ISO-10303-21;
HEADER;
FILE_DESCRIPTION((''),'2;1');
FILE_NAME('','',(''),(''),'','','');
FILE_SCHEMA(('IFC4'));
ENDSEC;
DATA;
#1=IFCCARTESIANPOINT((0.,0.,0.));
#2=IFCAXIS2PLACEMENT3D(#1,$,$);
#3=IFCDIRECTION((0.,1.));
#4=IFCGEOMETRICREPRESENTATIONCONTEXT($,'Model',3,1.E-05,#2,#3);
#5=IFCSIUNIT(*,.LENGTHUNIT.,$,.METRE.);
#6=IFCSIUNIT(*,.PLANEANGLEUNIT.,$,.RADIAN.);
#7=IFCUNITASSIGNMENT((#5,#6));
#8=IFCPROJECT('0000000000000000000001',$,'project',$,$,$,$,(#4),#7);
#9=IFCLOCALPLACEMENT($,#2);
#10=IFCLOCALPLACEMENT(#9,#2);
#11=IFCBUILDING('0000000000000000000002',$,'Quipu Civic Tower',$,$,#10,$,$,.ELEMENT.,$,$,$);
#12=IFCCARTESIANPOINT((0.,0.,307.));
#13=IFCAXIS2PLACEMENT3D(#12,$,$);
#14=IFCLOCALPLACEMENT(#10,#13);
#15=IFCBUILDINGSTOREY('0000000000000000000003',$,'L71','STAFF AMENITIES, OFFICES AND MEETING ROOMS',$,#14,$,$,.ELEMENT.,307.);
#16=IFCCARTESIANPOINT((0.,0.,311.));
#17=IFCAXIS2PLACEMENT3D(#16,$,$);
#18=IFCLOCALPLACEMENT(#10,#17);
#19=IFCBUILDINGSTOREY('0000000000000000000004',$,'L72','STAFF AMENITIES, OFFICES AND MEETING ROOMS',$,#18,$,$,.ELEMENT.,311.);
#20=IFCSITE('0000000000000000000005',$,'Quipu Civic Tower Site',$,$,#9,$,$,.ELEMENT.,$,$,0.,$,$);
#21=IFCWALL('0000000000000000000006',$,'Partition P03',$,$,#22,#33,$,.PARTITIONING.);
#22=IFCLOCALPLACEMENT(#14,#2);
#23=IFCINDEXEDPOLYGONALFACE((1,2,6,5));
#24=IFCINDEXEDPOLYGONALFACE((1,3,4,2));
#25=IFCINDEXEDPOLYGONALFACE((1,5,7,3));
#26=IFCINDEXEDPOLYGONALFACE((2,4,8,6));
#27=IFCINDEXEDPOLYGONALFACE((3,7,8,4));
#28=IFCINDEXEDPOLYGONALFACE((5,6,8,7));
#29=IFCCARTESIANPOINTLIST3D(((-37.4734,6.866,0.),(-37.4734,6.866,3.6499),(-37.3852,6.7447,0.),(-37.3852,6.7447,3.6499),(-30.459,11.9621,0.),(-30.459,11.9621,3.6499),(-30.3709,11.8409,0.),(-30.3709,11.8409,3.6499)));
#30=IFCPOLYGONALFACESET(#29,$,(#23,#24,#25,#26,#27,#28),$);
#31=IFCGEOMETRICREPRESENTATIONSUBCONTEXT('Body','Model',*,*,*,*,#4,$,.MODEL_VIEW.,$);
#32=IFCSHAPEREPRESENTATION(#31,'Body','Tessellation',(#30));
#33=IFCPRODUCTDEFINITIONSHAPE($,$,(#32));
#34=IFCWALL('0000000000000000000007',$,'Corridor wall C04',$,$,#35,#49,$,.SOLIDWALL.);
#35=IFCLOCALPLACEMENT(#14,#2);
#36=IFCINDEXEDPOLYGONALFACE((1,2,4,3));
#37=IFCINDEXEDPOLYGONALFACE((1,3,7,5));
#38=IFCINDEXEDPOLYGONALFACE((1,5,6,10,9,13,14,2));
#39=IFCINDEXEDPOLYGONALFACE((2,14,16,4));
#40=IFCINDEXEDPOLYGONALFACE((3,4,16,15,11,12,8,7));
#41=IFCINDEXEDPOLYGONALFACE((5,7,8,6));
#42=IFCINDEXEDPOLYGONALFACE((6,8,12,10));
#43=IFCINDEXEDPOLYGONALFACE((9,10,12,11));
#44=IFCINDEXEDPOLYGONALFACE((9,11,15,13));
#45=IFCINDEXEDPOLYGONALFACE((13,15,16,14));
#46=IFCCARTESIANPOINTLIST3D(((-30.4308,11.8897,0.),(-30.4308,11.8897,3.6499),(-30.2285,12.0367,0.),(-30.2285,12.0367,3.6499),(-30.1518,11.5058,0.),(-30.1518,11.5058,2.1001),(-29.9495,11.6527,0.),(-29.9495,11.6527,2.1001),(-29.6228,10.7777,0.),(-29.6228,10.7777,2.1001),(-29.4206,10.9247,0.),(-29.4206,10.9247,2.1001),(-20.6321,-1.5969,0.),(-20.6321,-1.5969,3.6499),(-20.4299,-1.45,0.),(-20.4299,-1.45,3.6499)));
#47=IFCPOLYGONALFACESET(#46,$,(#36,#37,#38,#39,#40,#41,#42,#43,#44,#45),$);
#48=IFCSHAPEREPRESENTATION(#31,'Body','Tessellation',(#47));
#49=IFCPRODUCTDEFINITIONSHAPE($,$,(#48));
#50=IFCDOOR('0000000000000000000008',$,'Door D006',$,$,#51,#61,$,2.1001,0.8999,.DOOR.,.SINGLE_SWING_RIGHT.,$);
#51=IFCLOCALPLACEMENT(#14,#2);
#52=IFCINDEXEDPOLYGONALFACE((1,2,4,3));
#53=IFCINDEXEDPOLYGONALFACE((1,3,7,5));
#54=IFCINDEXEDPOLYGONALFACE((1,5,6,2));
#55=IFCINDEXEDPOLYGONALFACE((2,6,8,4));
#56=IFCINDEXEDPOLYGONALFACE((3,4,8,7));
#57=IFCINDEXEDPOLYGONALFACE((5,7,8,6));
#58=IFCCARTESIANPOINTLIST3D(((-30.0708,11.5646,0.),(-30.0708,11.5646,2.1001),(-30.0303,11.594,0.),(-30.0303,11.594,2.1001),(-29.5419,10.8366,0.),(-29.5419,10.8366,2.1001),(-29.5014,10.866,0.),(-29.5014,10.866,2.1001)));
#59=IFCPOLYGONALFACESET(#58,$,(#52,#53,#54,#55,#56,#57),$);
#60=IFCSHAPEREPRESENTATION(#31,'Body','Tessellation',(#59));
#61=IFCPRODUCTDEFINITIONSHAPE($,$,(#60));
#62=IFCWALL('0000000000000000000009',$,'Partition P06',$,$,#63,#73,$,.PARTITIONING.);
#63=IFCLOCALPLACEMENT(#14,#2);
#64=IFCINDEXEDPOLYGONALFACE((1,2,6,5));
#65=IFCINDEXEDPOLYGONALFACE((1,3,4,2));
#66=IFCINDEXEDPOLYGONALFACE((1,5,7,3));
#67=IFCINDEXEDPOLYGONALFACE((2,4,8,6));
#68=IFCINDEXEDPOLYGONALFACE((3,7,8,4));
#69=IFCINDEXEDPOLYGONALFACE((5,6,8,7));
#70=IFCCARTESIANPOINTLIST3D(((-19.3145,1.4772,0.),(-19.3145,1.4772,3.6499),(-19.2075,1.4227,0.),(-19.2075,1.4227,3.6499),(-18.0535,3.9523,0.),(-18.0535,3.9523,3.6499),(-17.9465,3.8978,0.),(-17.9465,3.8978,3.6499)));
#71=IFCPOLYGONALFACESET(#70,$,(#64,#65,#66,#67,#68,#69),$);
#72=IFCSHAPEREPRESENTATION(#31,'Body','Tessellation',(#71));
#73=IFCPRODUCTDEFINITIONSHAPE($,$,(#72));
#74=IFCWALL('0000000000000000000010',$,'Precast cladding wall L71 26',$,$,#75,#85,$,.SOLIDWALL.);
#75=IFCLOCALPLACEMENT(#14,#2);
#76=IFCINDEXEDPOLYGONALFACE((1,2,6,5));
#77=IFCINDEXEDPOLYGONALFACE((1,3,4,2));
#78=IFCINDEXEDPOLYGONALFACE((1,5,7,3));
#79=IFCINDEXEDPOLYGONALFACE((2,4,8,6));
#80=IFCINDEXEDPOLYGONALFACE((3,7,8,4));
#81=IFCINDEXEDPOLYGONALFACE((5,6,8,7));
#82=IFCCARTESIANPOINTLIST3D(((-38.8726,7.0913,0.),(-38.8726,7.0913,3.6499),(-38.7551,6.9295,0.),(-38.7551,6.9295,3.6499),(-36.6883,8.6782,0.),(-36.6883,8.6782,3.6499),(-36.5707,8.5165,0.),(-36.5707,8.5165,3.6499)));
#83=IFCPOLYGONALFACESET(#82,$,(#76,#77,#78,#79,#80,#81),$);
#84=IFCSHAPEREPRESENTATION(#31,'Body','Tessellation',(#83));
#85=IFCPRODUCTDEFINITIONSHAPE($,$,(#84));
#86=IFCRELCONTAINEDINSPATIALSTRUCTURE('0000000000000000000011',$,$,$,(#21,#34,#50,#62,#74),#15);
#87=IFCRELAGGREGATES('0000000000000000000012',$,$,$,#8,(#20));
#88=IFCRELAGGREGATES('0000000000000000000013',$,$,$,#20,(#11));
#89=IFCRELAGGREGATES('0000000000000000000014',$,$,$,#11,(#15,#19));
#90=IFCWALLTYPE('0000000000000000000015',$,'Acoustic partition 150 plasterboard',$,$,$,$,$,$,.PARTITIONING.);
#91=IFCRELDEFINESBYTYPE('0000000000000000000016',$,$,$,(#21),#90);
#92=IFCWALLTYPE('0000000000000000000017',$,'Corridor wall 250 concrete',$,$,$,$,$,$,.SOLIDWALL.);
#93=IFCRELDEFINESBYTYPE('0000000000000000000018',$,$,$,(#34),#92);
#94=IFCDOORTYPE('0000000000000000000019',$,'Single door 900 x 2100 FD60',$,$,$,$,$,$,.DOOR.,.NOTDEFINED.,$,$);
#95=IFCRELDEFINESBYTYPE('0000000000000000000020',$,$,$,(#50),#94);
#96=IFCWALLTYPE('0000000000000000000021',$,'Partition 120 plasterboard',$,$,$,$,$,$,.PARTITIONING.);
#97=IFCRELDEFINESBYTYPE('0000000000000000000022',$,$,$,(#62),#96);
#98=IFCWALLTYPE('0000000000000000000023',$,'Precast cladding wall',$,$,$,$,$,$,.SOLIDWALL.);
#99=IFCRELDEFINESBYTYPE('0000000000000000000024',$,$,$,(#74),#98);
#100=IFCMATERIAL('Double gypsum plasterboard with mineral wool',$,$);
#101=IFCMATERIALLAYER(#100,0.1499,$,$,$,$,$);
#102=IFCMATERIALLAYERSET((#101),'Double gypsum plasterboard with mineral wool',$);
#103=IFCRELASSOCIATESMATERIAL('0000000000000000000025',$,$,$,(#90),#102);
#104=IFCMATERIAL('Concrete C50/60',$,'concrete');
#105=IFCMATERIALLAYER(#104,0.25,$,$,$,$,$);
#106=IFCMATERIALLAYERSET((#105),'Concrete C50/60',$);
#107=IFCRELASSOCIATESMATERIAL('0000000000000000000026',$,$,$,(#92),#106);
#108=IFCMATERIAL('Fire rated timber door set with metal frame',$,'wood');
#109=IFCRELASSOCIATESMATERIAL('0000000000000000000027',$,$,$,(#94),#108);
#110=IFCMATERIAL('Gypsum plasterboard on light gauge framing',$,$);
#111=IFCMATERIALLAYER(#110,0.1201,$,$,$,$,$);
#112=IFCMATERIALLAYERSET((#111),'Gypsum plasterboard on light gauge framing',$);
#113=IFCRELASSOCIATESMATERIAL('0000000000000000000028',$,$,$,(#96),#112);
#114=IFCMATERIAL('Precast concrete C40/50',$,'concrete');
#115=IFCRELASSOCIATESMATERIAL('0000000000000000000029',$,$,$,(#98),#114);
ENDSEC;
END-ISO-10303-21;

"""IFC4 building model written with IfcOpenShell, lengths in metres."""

from ifc_helpers import new_model, si_unit, direction, frame, frame_2d, origin, place, context, subcontext, project, spatial, rectangle, extrude, material, layer, layer_set, type_object, element, fill, save


model = new_model("IFC4")

# Units and contexts
model_context = context("Model", 3, precision=1e-05, world=origin(), true_north=direction((0.0, 1.0)))
body_context = subcontext(model_context, "Body", "Model", "MODEL_VIEW")
ifc_project = project(units=[si_unit("LENGTHUNIT", "METRE"), si_unit("PLANEANGLEUNIT", "RADIAN")], contexts=[model_context])

# Site, building, storey
site_placement = place(None, origin())
site = spatial("IfcSite", under=ifc_project, at=site_placement, Name="Quipu Civic Tower Site", CompositionType="ELEMENT", RefElevation=0.0)
building_placement = place(site_placement, origin())
building = spatial("IfcBuilding", under=site, at=building_placement, Name="Quipu Civic Tower", CompositionType="ELEMENT")
storey_1_placement = place(building_placement, frame((0.0, 0.0, 307.0)))
storey_1 = spatial("IfcBuildingStorey", under=building, at=storey_1_placement, Name="L71", Description="STAFF AMENITIES, OFFICES AND MEETING ROOMS", CompositionType="ELEMENT", Elevation=307.0)

# Shared definitions
storey_2_placement = place(building_placement, frame((0.0, 0.0, 311.0)))
storey_2 = spatial("IfcBuildingStorey", under=building, at=storey_2_placement, Name="L72", Description="STAFF AMENITIES, OFFICES AND MEETING ROOMS", CompositionType="ELEMENT", Elevation=311.0)

# Wall
ifc_material_1 = material(Name="Double gypsum plasterboard with mineral wool")
ifc_layer_1 = layer(ifc_material_1, 0.1499)
ifc_layer_set_1 = layer_set([ifc_layer_1], Name="Double gypsum plasterboard with mineral wool")
wall_type_1 = type_object("IfcWallType", Name="Acoustic partition 150 plasterboard", PredefinedType="PARTITIONING", material=ifc_layer_set_1)
wall_1_placement = place(storey_1_placement, frame((-37.4292, 6.8054, 0.0), z_axis=(0.0, 0.0, 1.0), x_axis=(0.809021, 0.58778, 0.0)))
element("IfcWall", 1, at=wall_1_placement, inside=storey_1, type_object=wall_type_1, Name="Partition P03", PredefinedType="PARTITIONING", context=body_context, shape_type="SweptSolid", body=[
    extrude(rectangle(XDim=8.6702, YDim=0.1499, at=frame_2d((4.335, 0.0))), origin(), (0.0, 0.0, 1.0), 3.6499),
])

# Wall, opening, door
ifc_material_2 = material(Name="Concrete C50/60", Category="concrete")
ifc_layer_2 = layer(ifc_material_2, 0.25)
ifc_layer_set_2 = layer_set([ifc_layer_2], Name="Concrete C50/60")
wall_type_2 = type_object("IfcWallType", Name="Corridor wall 250 concrete", PredefinedType="SOLIDWALL", material=ifc_layer_set_2)
wall_2_placement = place(storey_1_placement, frame((-20.531, -1.5234, 0.0), z_axis=(0.0, 0.0, 1.0), x_axis=(-0.587786, 0.809017, 0.0)))
wall_2 = element("IfcWall", 2, at=wall_2_placement, inside=storey_1, type_object=wall_type_2, Name="Corridor wall C04", PredefinedType="SOLIDWALL", context=body_context, shape_type="SweptSolid", body=[
    extrude(rectangle(XDim=16.6704, YDim=0.25, at=frame_2d((8.3352, 0.0))), origin(), (0.0, 0.0, 1.0), 3.6499),
])
opening_placement = place(wall_2_placement, frame((15.2959, 0.0, 0.0)))
opening = element("IfcOpeningElement", 3, at=opening_placement, cuts=wall_2, PredefinedType="OPENING", context=body_context, shape_type="SweptSolid", body=[
    extrude(rectangle(XDim=0.8999, YDim=2.1001, at=frame_2d((0.45, 1.05))), frame((0.0, 0.135, 0.0), z_axis=(0.0, -1.0, 0.0), x_axis=(1.0, 0.0, 0.0)), (0.0, 0.0, 1.0), 0.27),
])
ifc_material_3 = material(Name="Fire rated timber door set with metal frame", Category="wood")
door_type = type_object("IfcDoorType", Name="Single door 900 x 2100 FD60", OperationType="NOTDEFINED", PredefinedType="DOOR", material=ifc_material_3)
door_placement = place(opening_placement, origin())
door = element("IfcDoor", 4, at=door_placement, inside=storey_1, type_object=door_type, Name="Door D006", OperationType="SINGLE_SWING_RIGHT", OverallHeight=2.1001, OverallWidth=0.8999, PredefinedType="DOOR", context=body_context, shape_type="SweptSolid", body=[
    extrude(rectangle(XDim=0.8999, YDim=2.1001, at=frame_2d((0.45, 1.05))), frame((0.0, 0.0249, 0.0), z_axis=(0.0, -1.0, 0.0), x_axis=(1.0, 0.0, 0.0)), (0.0, 0.0, 1.0), 0.05),
])
fill(opening, door)

# Walls
ifc_material_4 = material(Name="Gypsum plasterboard on light gauge framing")
ifc_layer_3 = layer(ifc_material_4, 0.1201)
ifc_layer_set_3 = layer_set([ifc_layer_3], Name="Gypsum plasterboard on light gauge framing")
wall_type_3 = type_object("IfcWallType", Name="Partition 120 plasterboard", PredefinedType="PARTITIONING", material=ifc_layer_set_3)
wall_3_placement = place(storey_1_placement, frame((-19.261, 1.45, 0.0), z_axis=(0.0, 0.0, 1.0), x_axis=(0.453951, 0.891027, 0.0)))
element("IfcWall", 5, at=wall_3_placement, inside=storey_1, type_object=wall_type_3, Name="Partition P06", PredefinedType="PARTITIONING", context=body_context, shape_type="SweptSolid", body=[
    extrude(rectangle(XDim=2.7778, YDim=0.1201, at=frame_2d((1.3889, 0.0))), origin(), (0.0, 0.0, 1.0), 3.6499),
])
ifc_material_5 = material(Name="Precast concrete C40/50", Category="concrete")
wall_type_4 = type_object("IfcWallType", Name="Precast cladding wall", PredefinedType="SOLIDWALL", material=ifc_material_5)
wall_4_placement = place(storey_1_placement, frame((-36.6294, 8.5974, 0.0), z_axis=(0.0, 0.0, 1.0), x_axis=(-0.809033, -0.587763, 0.0)))
element("IfcWall", 6, at=wall_4_placement, inside=storey_1, type_object=wall_type_4, Name="Precast cladding wall L71 26", PredefinedType="SOLIDWALL", context=body_context, shape_type="SweptSolid", body=[
    extrude(rectangle(XDim=2.7, YDim=0.2, at=frame_2d((1.3501, 0.0))), origin(), (0.0, 0.0, 1.0), 3.6499),
])

save(model, "model.ifc")
